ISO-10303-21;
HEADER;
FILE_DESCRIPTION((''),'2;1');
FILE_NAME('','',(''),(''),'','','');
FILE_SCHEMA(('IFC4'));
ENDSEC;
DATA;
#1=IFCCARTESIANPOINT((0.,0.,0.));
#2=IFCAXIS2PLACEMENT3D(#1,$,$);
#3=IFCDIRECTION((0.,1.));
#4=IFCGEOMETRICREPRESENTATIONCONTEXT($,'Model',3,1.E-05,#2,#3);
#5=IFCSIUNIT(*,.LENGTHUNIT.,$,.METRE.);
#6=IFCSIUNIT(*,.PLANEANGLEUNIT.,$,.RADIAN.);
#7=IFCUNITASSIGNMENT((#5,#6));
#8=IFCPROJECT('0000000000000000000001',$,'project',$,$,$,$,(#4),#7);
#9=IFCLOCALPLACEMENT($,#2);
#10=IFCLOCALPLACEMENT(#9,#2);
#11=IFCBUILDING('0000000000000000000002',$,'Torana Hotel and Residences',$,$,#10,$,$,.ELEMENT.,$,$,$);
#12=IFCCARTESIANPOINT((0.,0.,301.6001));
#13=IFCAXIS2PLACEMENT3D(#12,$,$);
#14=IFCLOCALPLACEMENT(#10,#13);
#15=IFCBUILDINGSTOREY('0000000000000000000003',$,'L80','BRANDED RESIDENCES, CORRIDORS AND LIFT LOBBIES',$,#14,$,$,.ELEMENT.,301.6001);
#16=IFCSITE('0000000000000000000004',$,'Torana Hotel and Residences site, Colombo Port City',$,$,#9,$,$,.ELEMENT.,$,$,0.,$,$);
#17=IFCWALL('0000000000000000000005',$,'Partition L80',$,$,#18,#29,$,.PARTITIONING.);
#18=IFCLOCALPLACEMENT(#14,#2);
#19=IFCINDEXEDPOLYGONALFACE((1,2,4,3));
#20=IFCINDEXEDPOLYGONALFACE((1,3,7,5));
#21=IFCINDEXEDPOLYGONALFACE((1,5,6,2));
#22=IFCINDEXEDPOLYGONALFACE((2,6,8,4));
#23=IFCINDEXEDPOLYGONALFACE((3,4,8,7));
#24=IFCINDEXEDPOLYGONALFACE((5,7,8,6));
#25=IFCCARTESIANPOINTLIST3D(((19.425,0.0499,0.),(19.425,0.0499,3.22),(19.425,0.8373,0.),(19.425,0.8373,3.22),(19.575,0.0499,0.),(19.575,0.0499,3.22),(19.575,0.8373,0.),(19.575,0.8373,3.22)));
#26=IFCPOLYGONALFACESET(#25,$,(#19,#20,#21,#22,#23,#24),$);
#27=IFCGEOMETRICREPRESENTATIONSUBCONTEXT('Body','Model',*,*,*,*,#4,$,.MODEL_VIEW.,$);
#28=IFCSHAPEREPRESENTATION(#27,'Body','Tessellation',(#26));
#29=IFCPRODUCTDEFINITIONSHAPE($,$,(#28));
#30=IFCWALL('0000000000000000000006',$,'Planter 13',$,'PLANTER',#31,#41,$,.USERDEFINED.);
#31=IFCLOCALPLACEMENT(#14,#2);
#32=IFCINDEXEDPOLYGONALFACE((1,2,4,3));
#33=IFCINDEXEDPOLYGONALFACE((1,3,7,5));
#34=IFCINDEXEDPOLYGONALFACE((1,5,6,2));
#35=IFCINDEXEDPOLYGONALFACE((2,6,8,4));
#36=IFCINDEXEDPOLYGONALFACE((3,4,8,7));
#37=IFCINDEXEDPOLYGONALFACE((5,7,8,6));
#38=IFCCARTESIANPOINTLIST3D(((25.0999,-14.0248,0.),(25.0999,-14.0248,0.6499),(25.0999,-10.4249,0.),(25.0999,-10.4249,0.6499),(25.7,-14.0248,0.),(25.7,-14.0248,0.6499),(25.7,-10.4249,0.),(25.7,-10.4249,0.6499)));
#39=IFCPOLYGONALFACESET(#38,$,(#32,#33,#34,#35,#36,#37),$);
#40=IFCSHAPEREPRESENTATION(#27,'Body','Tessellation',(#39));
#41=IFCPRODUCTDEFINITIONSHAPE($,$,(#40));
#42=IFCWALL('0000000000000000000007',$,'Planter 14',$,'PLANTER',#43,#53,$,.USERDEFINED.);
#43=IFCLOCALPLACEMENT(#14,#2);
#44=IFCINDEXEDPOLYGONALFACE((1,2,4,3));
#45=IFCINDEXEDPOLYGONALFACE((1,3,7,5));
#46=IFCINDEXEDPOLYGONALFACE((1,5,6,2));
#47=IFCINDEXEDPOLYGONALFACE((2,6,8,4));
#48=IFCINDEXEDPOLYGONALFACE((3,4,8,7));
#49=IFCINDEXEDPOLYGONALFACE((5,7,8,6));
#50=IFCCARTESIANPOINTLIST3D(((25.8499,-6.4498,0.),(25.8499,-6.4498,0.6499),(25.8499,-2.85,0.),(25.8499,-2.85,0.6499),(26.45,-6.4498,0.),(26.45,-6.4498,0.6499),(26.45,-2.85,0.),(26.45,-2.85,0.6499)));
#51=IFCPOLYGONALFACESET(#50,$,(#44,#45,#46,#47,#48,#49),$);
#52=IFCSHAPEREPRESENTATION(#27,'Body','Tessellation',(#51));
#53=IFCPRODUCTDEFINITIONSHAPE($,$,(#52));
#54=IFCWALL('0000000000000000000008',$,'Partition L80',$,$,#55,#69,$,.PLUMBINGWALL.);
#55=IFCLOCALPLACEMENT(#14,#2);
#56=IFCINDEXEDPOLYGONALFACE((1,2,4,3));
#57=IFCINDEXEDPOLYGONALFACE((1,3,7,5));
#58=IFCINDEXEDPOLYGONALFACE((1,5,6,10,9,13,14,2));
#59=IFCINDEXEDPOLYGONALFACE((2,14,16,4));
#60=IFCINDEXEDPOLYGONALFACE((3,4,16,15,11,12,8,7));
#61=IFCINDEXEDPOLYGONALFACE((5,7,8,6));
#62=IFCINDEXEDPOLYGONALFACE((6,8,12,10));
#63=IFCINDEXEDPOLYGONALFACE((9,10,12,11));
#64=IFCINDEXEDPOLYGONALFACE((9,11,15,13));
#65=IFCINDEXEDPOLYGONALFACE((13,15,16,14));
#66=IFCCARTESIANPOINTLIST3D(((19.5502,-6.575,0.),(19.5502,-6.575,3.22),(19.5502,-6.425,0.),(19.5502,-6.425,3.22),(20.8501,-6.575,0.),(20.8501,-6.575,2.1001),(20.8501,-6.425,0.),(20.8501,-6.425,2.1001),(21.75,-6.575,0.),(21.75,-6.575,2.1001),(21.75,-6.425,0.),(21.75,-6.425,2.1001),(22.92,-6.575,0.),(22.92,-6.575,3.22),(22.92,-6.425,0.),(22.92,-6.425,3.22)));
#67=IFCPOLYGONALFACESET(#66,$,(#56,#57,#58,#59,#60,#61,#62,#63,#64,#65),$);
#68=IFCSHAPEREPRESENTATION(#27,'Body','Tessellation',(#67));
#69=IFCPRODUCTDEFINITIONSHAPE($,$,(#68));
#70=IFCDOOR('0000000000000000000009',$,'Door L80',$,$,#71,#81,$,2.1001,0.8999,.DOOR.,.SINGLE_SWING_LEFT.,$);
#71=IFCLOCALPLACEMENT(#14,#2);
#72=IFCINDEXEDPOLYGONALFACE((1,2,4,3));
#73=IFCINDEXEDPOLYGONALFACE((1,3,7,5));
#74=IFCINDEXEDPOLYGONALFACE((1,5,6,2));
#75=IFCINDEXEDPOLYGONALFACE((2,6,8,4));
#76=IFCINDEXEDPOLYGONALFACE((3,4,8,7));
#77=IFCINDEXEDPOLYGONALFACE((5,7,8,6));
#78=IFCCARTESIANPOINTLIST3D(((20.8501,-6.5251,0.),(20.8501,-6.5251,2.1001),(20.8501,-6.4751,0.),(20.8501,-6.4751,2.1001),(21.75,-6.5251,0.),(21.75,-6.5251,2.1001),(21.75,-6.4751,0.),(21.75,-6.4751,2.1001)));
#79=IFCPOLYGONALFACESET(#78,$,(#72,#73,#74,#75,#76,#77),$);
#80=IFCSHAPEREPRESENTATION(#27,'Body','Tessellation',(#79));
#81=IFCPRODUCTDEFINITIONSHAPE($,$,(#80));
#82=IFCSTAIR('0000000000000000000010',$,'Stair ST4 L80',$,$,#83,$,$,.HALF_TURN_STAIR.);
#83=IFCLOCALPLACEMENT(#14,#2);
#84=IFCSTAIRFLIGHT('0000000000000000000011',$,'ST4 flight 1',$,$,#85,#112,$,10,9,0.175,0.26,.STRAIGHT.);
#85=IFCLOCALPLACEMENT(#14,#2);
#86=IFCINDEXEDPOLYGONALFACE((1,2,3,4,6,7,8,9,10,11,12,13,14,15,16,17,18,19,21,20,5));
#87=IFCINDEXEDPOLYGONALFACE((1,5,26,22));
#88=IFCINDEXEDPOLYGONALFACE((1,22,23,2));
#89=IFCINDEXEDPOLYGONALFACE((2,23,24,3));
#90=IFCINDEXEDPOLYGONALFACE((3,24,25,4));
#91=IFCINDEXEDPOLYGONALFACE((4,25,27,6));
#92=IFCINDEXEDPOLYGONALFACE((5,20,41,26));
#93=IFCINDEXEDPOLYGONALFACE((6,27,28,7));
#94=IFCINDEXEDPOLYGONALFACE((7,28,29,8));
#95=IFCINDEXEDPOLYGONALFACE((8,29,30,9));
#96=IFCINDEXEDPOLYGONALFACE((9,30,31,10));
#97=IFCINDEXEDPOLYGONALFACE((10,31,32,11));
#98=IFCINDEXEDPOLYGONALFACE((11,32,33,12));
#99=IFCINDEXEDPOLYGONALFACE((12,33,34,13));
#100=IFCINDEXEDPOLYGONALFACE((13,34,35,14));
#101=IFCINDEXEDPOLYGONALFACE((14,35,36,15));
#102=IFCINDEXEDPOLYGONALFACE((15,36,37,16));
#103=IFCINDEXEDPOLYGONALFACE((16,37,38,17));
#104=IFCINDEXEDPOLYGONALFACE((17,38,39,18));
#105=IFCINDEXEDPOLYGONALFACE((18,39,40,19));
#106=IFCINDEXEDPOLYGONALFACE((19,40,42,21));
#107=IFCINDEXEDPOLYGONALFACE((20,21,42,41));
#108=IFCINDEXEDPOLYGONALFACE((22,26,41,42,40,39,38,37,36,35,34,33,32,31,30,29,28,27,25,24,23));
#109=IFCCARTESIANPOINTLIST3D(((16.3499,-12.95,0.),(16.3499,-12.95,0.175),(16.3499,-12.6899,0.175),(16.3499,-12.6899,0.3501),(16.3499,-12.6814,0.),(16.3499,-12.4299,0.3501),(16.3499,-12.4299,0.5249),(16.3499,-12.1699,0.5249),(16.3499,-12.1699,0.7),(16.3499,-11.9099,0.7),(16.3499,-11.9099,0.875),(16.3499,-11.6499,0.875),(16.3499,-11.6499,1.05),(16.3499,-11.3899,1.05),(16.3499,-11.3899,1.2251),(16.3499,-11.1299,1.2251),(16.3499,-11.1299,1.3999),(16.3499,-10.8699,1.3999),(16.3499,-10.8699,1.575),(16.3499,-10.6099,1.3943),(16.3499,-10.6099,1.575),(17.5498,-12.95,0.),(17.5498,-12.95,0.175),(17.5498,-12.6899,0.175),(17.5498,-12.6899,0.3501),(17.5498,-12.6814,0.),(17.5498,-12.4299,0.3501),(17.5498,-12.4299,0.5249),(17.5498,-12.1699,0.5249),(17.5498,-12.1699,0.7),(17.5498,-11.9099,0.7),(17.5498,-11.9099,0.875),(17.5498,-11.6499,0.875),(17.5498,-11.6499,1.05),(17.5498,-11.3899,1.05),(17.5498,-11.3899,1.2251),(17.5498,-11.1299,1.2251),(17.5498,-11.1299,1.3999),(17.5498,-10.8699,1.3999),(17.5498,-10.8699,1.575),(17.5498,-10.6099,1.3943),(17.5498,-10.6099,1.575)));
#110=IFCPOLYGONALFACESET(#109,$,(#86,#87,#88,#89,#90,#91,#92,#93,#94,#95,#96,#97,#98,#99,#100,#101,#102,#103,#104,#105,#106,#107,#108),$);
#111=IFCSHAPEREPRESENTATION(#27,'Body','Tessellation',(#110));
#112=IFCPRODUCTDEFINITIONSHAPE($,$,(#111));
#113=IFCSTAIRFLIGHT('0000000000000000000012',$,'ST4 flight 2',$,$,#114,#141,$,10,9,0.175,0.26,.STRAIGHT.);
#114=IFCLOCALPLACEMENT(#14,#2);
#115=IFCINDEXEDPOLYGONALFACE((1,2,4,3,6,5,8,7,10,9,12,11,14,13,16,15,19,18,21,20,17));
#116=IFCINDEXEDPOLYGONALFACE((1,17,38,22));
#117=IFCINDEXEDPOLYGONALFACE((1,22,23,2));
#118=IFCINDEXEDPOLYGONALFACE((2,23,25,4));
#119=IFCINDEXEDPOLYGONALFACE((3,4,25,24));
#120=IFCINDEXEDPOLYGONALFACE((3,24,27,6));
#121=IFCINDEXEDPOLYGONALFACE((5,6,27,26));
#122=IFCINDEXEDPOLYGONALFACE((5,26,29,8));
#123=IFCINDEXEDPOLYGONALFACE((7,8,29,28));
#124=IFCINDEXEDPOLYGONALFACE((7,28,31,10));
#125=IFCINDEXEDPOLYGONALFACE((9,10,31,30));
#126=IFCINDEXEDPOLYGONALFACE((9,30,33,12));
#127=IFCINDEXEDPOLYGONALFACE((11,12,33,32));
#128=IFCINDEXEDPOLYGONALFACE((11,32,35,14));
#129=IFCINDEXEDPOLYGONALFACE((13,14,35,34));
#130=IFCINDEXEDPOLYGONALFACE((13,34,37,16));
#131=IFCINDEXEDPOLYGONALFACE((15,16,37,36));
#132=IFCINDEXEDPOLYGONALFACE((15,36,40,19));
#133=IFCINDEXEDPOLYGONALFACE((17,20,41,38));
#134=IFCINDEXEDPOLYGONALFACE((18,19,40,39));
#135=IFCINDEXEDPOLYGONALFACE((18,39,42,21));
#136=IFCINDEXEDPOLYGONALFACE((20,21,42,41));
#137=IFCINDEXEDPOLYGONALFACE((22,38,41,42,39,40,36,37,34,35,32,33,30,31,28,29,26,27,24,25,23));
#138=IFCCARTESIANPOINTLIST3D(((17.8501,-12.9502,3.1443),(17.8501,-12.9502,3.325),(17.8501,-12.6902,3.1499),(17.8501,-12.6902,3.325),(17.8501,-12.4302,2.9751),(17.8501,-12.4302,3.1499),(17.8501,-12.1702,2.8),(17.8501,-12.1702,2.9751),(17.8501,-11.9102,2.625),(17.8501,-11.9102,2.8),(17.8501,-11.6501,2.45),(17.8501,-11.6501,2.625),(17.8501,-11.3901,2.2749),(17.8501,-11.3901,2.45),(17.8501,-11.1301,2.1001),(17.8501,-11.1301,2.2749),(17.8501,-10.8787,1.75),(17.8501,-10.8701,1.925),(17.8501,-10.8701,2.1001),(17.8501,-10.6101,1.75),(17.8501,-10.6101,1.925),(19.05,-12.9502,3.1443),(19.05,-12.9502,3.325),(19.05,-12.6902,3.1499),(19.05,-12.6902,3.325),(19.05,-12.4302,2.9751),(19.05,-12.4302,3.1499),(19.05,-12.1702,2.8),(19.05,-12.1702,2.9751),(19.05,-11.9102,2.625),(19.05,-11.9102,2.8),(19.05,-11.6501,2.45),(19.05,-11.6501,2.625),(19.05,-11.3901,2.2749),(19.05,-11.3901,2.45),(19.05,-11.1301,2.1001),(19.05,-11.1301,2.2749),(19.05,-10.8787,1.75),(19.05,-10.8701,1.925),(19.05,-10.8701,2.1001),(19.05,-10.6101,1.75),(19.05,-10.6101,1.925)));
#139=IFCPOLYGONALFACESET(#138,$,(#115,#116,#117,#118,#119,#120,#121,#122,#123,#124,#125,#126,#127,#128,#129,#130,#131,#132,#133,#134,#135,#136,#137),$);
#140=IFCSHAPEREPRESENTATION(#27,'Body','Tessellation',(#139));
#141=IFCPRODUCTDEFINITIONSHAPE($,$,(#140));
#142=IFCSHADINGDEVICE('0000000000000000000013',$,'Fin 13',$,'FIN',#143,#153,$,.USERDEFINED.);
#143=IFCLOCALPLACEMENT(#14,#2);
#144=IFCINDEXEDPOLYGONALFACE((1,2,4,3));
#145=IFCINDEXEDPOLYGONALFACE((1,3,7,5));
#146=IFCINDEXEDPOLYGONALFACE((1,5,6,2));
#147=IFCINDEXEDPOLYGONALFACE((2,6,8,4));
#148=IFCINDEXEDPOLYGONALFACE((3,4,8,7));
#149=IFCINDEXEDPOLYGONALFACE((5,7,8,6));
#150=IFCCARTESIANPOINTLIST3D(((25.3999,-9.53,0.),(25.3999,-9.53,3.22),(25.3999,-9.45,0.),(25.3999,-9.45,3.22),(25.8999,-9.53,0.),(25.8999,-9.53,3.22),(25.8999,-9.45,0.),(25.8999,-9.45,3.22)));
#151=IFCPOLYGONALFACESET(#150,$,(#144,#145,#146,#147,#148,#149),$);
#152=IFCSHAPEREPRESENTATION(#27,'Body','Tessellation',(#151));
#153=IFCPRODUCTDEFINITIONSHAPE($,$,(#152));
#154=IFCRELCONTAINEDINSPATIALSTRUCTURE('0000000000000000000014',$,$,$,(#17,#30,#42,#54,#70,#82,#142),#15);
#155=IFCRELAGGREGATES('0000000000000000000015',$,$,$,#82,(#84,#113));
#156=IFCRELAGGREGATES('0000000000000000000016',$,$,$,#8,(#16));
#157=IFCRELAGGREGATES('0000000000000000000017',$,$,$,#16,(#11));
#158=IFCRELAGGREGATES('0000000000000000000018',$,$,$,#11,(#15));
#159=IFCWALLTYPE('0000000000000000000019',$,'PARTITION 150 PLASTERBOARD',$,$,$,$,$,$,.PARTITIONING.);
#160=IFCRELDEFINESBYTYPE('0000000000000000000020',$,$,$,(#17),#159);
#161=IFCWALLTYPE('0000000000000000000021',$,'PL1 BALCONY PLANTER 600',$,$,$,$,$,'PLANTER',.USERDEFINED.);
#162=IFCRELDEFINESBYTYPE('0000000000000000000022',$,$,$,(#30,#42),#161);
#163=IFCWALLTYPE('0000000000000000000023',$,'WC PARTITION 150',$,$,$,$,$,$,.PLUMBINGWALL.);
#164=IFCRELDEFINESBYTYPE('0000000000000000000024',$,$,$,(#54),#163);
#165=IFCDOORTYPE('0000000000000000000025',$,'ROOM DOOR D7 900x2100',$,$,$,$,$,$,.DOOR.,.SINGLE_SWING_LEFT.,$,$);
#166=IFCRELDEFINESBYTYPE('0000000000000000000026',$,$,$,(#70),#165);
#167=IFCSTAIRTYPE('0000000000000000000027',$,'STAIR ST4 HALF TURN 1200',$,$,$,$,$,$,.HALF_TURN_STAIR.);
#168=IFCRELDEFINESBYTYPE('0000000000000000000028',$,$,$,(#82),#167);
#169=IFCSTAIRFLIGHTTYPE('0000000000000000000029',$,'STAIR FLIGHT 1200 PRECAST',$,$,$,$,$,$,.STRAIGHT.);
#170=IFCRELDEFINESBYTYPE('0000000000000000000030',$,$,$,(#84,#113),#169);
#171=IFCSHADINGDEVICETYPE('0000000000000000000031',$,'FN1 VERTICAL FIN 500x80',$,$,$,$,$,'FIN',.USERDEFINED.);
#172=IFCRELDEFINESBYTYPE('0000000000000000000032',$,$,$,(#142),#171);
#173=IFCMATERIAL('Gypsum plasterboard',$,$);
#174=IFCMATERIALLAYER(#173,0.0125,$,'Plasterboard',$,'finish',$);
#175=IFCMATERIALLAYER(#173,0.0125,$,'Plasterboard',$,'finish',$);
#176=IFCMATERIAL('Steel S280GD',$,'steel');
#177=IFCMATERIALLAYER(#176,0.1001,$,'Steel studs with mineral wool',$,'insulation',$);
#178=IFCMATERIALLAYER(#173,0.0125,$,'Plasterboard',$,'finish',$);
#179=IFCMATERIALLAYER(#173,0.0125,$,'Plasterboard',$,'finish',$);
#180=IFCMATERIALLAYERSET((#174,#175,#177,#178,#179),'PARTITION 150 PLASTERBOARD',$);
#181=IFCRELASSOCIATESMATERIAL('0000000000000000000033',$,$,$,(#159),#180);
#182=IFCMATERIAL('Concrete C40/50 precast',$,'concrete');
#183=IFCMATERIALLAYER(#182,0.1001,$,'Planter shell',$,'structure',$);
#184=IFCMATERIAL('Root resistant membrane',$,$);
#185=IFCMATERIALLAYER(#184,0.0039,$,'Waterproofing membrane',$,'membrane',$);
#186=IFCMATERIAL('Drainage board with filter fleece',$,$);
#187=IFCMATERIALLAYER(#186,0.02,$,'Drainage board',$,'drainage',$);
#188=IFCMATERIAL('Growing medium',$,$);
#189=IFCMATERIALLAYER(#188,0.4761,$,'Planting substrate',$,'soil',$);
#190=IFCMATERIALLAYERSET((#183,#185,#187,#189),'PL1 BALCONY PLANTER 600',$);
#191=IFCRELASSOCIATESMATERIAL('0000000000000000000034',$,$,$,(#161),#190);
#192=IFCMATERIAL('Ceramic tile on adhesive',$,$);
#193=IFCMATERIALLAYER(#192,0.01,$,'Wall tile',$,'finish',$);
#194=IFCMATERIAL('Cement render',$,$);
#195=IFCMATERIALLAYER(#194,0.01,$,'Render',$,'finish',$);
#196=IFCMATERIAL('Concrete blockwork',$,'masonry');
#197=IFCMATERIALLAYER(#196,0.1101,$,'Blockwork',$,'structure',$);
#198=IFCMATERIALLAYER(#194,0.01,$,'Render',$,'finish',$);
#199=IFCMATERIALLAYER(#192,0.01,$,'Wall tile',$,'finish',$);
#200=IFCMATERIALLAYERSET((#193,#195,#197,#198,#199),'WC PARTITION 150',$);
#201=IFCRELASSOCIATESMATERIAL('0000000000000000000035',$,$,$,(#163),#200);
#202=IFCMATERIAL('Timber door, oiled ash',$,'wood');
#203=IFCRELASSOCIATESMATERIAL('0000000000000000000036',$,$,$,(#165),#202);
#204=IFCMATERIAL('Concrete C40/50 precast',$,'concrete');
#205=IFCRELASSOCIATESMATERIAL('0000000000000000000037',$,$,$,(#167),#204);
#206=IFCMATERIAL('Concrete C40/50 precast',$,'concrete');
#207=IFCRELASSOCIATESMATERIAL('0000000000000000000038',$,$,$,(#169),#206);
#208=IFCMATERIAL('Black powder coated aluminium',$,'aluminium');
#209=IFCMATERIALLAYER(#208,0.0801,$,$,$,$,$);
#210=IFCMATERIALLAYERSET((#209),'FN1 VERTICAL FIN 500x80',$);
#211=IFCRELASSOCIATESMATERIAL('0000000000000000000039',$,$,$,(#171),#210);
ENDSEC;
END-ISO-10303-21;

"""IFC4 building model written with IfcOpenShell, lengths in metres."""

from ifc_helpers import new_model, si_unit, direction, frame, frame_2d, origin, origin_2d, place, context, subcontext, project, spatial, polyline, rectangle, outline, extrude, material, layer, layer_set, type_object, element, fill, aggregate, save


model = new_model("IFC4")

# Units and contexts
model_context = context("Model", 3, precision=1e-05, world=origin(), true_north=direction((0.0, 1.0)))
body_context = subcontext(model_context, "Body", "Model", "MODEL_VIEW")
ifc_project = project(units=[si_unit("LENGTHUNIT", "METRE"), si_unit("PLANEANGLEUNIT", "RADIAN")], contexts=[model_context])

# Site, building, storey
site_placement = place(None, origin())
site = spatial("IfcSite", under=ifc_project, at=site_placement, Name="Torana Hotel and Residences site, Colombo Port City", CompositionType="ELEMENT", RefElevation=0.0)
building_placement = place(site_placement, origin())
building = spatial("IfcBuilding", under=site, at=building_placement, Name="Torana Hotel and Residences", CompositionType="ELEMENT")
storey_placement = place(building_placement, frame((0.0, 0.0, 301.6001)))
storey = spatial("IfcBuildingStorey", under=building, at=storey_placement, Name="L80", Description="BRANDED RESIDENCES, CORRIDORS AND LIFT LOBBIES", CompositionType="ELEMENT", Elevation=301.6001)

# Shared definitions
ifc_material_1 = material(Name="Steel S280GD", Category="steel")

# Shared definitions
ifc_material_2 = material(Name="Concrete C40/50 precast", Category="concrete")

# Walls
ifc_material_3 = material(Name="Concrete blockwork", Category="masonry")
ifc_material_4 = material(Name="Gypsum plasterboard")
ifc_layer_1 = layer(ifc_material_4, 0.0125, Name="Plasterboard", Category="finish")
ifc_layer_2 = layer(ifc_material_4, 0.0125, Name="Plasterboard", Category="finish")
ifc_layer_3 = layer(ifc_material_1, 0.1001, Name="Steel studs with mineral wool", Category="insulation")
ifc_layer_4 = layer(ifc_material_4, 0.0125, Name="Plasterboard", Category="finish")
ifc_layer_5 = layer(ifc_material_4, 0.0125, Name="Plasterboard", Category="finish")
ifc_layer_set_1 = layer_set([ifc_layer_1, ifc_layer_2, ifc_layer_3, ifc_layer_4, ifc_layer_5], Name="PARTITION 150 PLASTERBOARD")
wall_type_1 = type_object("IfcWallType", Name="PARTITION 150 PLASTERBOARD", PredefinedType="PARTITIONING", material=ifc_layer_set_1)
wall_1_placement = place(storey_placement, frame((19.5, 0.05, 0.0), z_axis=(0.0, 0.0, 1.0), x_axis=(0.0, 1.0, 0.0)))
element("IfcWall", 1, at=wall_1_placement, inside=storey, type_object=wall_type_1, Name="Partition L80", PredefinedType="PARTITIONING", context=body_context, shape_type="SweptSolid", body=[
    extrude(rectangle(XDim=0.7874, YDim=0.1499, at=frame_2d((0.3936, 0.0))), origin(), (0.0, 0.0, 1.0), 3.22),
])
ifc_layer_6 = layer(ifc_material_2, 0.1001, Name="Planter shell", Category="structure")
ifc_material_5 = material(Name="Root resistant membrane")
ifc_layer_7 = layer(ifc_material_5, 0.0039, Name="Waterproofing membrane", Category="membrane")
ifc_material_6 = material(Name="Drainage board with filter fleece")
ifc_layer_8 = layer(ifc_material_6, 0.02, Name="Drainage board", Category="drainage")
ifc_material_7 = material(Name="Growing medium")
ifc_layer_9 = layer(ifc_material_7, 0.4761, Name="Planting substrate", Category="soil")
ifc_layer_set_2 = layer_set([ifc_layer_6, ifc_layer_7, ifc_layer_8, ifc_layer_9], Name="PL1 BALCONY PLANTER 600")
wall_type_2 = type_object("IfcWallType", Name="PL1 BALCONY PLANTER 600", ElementType="PLANTER", PredefinedType="USERDEFINED", material=ifc_layer_set_2)
for number, where, z_axis, x_axis, name in (
    (2, (25.3999, -10.425, 0.0), (0.0, 0.0, 1.0), (0.0, -1.0, 0.0), "Planter 13"),
    (3, (26.1499, -2.8501, 0.0), (0.0, 0.0, 1.0), (0.0, -1.0, 0.0), "Planter 14"),
):
    element("IfcWall", number, at=place(storey_placement, frame(where, z_axis=z_axis, x_axis=x_axis)), inside=storey, type_object=wall_type_2, Name=name, ObjectType="PLANTER", PredefinedType="USERDEFINED", context=body_context, shape_type="SweptSolid", body=[
        extrude(rectangle(XDim=3.5999, YDim=0.6001, at=frame_2d((1.7998, 0.0))), origin(), (0.0, 0.0, 1.0), 0.6499),
    ])

# Wall, opening, door
ifc_material_8 = material(Name="Ceramic tile on adhesive")
ifc_layer_10 = layer(ifc_material_8, 0.01, Name="Wall tile", Category="finish")
ifc_material_9 = material(Name="Cement render")
ifc_layer_11 = layer(ifc_material_9, 0.01, Name="Render", Category="finish")
ifc_layer_12 = layer(ifc_material_3, 0.1101, Name="Blockwork", Category="structure")
ifc_layer_13 = layer(ifc_material_9, 0.01, Name="Render", Category="finish")
ifc_layer_14 = layer(ifc_material_8, 0.01, Name="Wall tile", Category="finish")
ifc_layer_set_3 = layer_set([ifc_layer_10, ifc_layer_11, ifc_layer_12, ifc_layer_13, ifc_layer_14], Name="WC PARTITION 150")
wall_type_3 = type_object("IfcWallType", Name="WC PARTITION 150", PredefinedType="PLUMBINGWALL", material=ifc_layer_set_3)
wall_2_placement = place(storey_placement, frame((19.55, -6.5, 0.0), z_axis=(0.0, 0.0, 1.0), x_axis=(1.0, 0.0, 0.0)))
wall_2 = element("IfcWall", 4, at=wall_2_placement, inside=storey, type_object=wall_type_3, Name="Partition L80", PredefinedType="PLUMBINGWALL", context=body_context, shape_type="SweptSolid", body=[
    extrude(rectangle(XDim=3.3699, YDim=0.1499, at=frame_2d((1.6851, 0.0))), origin(), (0.0, 0.0, 1.0), 3.22),
])
opening_1_placement = place(wall_2_placement, frame((1.3, 0.0, 0.0)))
opening_1 = element("IfcOpeningElement", 5, at=opening_1_placement, cuts=wall_2, PredefinedType="OPENING", context=body_context, shape_type="SweptSolid", body=[
    extrude(rectangle(XDim=0.8999, YDim=2.1001, at=frame_2d((0.45, 1.05))), frame((0.0, 0.085, 0.0), z_axis=(0.0, -1.0, 0.0), x_axis=(1.0, 0.0, 0.0)), (0.0, 0.0, 1.0), 0.1699),
])
ifc_material_10 = material(Name="Timber door, oiled ash", Category="wood")
door_type = type_object("IfcDoorType", Name="ROOM DOOR D7 900x2100", OperationType="SINGLE_SWING_LEFT", PredefinedType="DOOR", material=ifc_material_10)
door_placement = place(opening_1_placement, origin())
door = element("IfcDoor", 6, at=door_placement, inside=storey, type_object=door_type, Name="Door L80", OperationType="SINGLE_SWING_LEFT", OverallHeight=2.1001, OverallWidth=0.8999, PredefinedType="DOOR", context=body_context, shape_type="SweptSolid", body=[
    extrude(rectangle(XDim=0.8999, YDim=2.1001, at=frame_2d((0.45, 1.05))), frame((0.0, 0.0249, 0.0), z_axis=(0.0, -1.0, 0.0), x_axis=(1.0, 0.0, 0.0)), (0.0, 0.0, 1.0), 0.05),
])
fill(opening_1, door)

# Stair, stair flights
ifc_material_11 = material(Name="Concrete C40/50 precast", Category="concrete")
stair_type = type_object("IfcStairType", Name="STAIR ST4 HALF TURN 1200", PredefinedType="HALF_TURN_STAIR", material=ifc_material_11)
stair_placement = place(storey_placement, origin())
stair = element("IfcStair", 7, at=stair_placement, inside=storey, type_object=stair_type, Name="Stair ST4 L80", PredefinedType="HALF_TURN_STAIR")
ifc_material_12 = material(Name="Concrete C40/50 precast", Category="concrete")
stair_flight_type = type_object("IfcStairFlightType", Name="STAIR FLIGHT 1200 PRECAST", PredefinedType="STRAIGHT", material=ifc_material_12)
stair_flight_1_placement = place(storey_placement, frame((16.95, -12.95, 0.0), z_axis=(0.0, 0.0, 1.0), x_axis=(0.0, 1.0, 0.0)))
stair_flight_1 = element("IfcStairFlight", 8, at=stair_flight_1_placement, type_object=stair_flight_type, Name="ST4 flight 1", NumberOfRisers=10, NumberOfTreads=9, PredefinedType="STRAIGHT", RiserHeight=0.175, TreadLength=0.26, context=body_context, shape_type="SweptSolid", body=[
    extrude(outline(polyline([(0.0, 0.0), (0.0, 0.175), (0.26, 0.175), (0.26, 0.3501), (0.52, 0.3501), (0.52, 0.5249), (0.78, 0.5249), (0.78, 0.7), (1.04, 0.7), (1.04, 0.875), (1.3, 0.875), (1.3, 1.05), (1.5601, 1.05), (1.5601, 1.2251), (1.8201, 1.2251), (1.8201, 1.3999), (2.0801, 1.3999), (2.0801, 1.575), (2.3401, 1.575), (2.3401, 1.75), (2.3401, 1.3943), (0.2686, 0.0), (0.0, 0.0)])), frame((0.0, 0.6001, 0.0), z_axis=(0.0, -1.0, 0.0), x_axis=(1.0, 0.0, 0.0)), (0.0, 0.0, 1.0), 1.2),
])
stair_flight_2_placement = place(storey_placement, frame((18.45, -10.6101, 1.75), z_axis=(0.0, 0.0, 1.0), x_axis=(0.0, -1.0, 0.0)))
stair_flight_2 = element("IfcStairFlight", 9, at=stair_flight_2_placement, type_object=stair_flight_type, Name="ST4 flight 2", NumberOfRisers=10, NumberOfTreads=9, PredefinedType="STRAIGHT", RiserHeight=0.175, TreadLength=0.26, context=body_context, shape_type="SweptSolid", body=[
    extrude(outline(polyline([(0.0, 0.0), (0.0, 0.175), (0.26, 0.175), (0.26, 0.3501), (0.52, 0.3501), (0.52, 0.5249), (0.78, 0.5249), (0.78, 0.7), (1.04, 0.7), (1.04, 0.875), (1.3, 0.875), (1.3, 1.05), (1.5601, 1.05), (1.5601, 1.2251), (1.8201, 1.2251), (1.8201, 1.3999), (2.0801, 1.3999), (2.0801, 1.575), (2.3401, 1.575), (2.3401, 1.75), (2.3401, 1.3943), (0.2686, 0.0), (0.0, 0.0)])), frame((0.0, 0.6001, 0.0), z_axis=(0.0, -1.0, 0.0), x_axis=(1.0, 0.0, 0.0)), (0.0, 0.0, 1.0), 1.2),
])
aggregate(stair, [stair_flight_1, stair_flight_2])

# Shading device
ifc_material_13 = material(Name="Black powder coated aluminium", Category="aluminium")
ifc_layer_15 = layer(ifc_material_13, 0.0801)
ifc_layer_set_4 = layer_set([ifc_layer_15], Name="FN1 VERTICAL FIN 500x80")
shading_device_type = type_object("IfcShadingDeviceType", Name="FN1 VERTICAL FIN 500x80", ElementType="FIN", PredefinedType="USERDEFINED", material=ifc_layer_set_4)
shading_device_placement = place(storey_placement, frame((25.6499, -9.49, 0.0), z_axis=(0.0, 0.0, 1.0), x_axis=(0.0, -1.0, 0.0)))
element("IfcShadingDevice", 10, at=shading_device_placement, inside=storey, type_object=shading_device_type, Name="Fin 13", ObjectType="FIN", PredefinedType="USERDEFINED", context=body_context, shape_type="SweptSolid", body=[
    extrude(rectangle(XDim=0.0801, YDim=0.5, at=origin_2d()), origin(), (0.0, 0.0, 1.0), 3.22),
])

save(model, "model.ifc")
